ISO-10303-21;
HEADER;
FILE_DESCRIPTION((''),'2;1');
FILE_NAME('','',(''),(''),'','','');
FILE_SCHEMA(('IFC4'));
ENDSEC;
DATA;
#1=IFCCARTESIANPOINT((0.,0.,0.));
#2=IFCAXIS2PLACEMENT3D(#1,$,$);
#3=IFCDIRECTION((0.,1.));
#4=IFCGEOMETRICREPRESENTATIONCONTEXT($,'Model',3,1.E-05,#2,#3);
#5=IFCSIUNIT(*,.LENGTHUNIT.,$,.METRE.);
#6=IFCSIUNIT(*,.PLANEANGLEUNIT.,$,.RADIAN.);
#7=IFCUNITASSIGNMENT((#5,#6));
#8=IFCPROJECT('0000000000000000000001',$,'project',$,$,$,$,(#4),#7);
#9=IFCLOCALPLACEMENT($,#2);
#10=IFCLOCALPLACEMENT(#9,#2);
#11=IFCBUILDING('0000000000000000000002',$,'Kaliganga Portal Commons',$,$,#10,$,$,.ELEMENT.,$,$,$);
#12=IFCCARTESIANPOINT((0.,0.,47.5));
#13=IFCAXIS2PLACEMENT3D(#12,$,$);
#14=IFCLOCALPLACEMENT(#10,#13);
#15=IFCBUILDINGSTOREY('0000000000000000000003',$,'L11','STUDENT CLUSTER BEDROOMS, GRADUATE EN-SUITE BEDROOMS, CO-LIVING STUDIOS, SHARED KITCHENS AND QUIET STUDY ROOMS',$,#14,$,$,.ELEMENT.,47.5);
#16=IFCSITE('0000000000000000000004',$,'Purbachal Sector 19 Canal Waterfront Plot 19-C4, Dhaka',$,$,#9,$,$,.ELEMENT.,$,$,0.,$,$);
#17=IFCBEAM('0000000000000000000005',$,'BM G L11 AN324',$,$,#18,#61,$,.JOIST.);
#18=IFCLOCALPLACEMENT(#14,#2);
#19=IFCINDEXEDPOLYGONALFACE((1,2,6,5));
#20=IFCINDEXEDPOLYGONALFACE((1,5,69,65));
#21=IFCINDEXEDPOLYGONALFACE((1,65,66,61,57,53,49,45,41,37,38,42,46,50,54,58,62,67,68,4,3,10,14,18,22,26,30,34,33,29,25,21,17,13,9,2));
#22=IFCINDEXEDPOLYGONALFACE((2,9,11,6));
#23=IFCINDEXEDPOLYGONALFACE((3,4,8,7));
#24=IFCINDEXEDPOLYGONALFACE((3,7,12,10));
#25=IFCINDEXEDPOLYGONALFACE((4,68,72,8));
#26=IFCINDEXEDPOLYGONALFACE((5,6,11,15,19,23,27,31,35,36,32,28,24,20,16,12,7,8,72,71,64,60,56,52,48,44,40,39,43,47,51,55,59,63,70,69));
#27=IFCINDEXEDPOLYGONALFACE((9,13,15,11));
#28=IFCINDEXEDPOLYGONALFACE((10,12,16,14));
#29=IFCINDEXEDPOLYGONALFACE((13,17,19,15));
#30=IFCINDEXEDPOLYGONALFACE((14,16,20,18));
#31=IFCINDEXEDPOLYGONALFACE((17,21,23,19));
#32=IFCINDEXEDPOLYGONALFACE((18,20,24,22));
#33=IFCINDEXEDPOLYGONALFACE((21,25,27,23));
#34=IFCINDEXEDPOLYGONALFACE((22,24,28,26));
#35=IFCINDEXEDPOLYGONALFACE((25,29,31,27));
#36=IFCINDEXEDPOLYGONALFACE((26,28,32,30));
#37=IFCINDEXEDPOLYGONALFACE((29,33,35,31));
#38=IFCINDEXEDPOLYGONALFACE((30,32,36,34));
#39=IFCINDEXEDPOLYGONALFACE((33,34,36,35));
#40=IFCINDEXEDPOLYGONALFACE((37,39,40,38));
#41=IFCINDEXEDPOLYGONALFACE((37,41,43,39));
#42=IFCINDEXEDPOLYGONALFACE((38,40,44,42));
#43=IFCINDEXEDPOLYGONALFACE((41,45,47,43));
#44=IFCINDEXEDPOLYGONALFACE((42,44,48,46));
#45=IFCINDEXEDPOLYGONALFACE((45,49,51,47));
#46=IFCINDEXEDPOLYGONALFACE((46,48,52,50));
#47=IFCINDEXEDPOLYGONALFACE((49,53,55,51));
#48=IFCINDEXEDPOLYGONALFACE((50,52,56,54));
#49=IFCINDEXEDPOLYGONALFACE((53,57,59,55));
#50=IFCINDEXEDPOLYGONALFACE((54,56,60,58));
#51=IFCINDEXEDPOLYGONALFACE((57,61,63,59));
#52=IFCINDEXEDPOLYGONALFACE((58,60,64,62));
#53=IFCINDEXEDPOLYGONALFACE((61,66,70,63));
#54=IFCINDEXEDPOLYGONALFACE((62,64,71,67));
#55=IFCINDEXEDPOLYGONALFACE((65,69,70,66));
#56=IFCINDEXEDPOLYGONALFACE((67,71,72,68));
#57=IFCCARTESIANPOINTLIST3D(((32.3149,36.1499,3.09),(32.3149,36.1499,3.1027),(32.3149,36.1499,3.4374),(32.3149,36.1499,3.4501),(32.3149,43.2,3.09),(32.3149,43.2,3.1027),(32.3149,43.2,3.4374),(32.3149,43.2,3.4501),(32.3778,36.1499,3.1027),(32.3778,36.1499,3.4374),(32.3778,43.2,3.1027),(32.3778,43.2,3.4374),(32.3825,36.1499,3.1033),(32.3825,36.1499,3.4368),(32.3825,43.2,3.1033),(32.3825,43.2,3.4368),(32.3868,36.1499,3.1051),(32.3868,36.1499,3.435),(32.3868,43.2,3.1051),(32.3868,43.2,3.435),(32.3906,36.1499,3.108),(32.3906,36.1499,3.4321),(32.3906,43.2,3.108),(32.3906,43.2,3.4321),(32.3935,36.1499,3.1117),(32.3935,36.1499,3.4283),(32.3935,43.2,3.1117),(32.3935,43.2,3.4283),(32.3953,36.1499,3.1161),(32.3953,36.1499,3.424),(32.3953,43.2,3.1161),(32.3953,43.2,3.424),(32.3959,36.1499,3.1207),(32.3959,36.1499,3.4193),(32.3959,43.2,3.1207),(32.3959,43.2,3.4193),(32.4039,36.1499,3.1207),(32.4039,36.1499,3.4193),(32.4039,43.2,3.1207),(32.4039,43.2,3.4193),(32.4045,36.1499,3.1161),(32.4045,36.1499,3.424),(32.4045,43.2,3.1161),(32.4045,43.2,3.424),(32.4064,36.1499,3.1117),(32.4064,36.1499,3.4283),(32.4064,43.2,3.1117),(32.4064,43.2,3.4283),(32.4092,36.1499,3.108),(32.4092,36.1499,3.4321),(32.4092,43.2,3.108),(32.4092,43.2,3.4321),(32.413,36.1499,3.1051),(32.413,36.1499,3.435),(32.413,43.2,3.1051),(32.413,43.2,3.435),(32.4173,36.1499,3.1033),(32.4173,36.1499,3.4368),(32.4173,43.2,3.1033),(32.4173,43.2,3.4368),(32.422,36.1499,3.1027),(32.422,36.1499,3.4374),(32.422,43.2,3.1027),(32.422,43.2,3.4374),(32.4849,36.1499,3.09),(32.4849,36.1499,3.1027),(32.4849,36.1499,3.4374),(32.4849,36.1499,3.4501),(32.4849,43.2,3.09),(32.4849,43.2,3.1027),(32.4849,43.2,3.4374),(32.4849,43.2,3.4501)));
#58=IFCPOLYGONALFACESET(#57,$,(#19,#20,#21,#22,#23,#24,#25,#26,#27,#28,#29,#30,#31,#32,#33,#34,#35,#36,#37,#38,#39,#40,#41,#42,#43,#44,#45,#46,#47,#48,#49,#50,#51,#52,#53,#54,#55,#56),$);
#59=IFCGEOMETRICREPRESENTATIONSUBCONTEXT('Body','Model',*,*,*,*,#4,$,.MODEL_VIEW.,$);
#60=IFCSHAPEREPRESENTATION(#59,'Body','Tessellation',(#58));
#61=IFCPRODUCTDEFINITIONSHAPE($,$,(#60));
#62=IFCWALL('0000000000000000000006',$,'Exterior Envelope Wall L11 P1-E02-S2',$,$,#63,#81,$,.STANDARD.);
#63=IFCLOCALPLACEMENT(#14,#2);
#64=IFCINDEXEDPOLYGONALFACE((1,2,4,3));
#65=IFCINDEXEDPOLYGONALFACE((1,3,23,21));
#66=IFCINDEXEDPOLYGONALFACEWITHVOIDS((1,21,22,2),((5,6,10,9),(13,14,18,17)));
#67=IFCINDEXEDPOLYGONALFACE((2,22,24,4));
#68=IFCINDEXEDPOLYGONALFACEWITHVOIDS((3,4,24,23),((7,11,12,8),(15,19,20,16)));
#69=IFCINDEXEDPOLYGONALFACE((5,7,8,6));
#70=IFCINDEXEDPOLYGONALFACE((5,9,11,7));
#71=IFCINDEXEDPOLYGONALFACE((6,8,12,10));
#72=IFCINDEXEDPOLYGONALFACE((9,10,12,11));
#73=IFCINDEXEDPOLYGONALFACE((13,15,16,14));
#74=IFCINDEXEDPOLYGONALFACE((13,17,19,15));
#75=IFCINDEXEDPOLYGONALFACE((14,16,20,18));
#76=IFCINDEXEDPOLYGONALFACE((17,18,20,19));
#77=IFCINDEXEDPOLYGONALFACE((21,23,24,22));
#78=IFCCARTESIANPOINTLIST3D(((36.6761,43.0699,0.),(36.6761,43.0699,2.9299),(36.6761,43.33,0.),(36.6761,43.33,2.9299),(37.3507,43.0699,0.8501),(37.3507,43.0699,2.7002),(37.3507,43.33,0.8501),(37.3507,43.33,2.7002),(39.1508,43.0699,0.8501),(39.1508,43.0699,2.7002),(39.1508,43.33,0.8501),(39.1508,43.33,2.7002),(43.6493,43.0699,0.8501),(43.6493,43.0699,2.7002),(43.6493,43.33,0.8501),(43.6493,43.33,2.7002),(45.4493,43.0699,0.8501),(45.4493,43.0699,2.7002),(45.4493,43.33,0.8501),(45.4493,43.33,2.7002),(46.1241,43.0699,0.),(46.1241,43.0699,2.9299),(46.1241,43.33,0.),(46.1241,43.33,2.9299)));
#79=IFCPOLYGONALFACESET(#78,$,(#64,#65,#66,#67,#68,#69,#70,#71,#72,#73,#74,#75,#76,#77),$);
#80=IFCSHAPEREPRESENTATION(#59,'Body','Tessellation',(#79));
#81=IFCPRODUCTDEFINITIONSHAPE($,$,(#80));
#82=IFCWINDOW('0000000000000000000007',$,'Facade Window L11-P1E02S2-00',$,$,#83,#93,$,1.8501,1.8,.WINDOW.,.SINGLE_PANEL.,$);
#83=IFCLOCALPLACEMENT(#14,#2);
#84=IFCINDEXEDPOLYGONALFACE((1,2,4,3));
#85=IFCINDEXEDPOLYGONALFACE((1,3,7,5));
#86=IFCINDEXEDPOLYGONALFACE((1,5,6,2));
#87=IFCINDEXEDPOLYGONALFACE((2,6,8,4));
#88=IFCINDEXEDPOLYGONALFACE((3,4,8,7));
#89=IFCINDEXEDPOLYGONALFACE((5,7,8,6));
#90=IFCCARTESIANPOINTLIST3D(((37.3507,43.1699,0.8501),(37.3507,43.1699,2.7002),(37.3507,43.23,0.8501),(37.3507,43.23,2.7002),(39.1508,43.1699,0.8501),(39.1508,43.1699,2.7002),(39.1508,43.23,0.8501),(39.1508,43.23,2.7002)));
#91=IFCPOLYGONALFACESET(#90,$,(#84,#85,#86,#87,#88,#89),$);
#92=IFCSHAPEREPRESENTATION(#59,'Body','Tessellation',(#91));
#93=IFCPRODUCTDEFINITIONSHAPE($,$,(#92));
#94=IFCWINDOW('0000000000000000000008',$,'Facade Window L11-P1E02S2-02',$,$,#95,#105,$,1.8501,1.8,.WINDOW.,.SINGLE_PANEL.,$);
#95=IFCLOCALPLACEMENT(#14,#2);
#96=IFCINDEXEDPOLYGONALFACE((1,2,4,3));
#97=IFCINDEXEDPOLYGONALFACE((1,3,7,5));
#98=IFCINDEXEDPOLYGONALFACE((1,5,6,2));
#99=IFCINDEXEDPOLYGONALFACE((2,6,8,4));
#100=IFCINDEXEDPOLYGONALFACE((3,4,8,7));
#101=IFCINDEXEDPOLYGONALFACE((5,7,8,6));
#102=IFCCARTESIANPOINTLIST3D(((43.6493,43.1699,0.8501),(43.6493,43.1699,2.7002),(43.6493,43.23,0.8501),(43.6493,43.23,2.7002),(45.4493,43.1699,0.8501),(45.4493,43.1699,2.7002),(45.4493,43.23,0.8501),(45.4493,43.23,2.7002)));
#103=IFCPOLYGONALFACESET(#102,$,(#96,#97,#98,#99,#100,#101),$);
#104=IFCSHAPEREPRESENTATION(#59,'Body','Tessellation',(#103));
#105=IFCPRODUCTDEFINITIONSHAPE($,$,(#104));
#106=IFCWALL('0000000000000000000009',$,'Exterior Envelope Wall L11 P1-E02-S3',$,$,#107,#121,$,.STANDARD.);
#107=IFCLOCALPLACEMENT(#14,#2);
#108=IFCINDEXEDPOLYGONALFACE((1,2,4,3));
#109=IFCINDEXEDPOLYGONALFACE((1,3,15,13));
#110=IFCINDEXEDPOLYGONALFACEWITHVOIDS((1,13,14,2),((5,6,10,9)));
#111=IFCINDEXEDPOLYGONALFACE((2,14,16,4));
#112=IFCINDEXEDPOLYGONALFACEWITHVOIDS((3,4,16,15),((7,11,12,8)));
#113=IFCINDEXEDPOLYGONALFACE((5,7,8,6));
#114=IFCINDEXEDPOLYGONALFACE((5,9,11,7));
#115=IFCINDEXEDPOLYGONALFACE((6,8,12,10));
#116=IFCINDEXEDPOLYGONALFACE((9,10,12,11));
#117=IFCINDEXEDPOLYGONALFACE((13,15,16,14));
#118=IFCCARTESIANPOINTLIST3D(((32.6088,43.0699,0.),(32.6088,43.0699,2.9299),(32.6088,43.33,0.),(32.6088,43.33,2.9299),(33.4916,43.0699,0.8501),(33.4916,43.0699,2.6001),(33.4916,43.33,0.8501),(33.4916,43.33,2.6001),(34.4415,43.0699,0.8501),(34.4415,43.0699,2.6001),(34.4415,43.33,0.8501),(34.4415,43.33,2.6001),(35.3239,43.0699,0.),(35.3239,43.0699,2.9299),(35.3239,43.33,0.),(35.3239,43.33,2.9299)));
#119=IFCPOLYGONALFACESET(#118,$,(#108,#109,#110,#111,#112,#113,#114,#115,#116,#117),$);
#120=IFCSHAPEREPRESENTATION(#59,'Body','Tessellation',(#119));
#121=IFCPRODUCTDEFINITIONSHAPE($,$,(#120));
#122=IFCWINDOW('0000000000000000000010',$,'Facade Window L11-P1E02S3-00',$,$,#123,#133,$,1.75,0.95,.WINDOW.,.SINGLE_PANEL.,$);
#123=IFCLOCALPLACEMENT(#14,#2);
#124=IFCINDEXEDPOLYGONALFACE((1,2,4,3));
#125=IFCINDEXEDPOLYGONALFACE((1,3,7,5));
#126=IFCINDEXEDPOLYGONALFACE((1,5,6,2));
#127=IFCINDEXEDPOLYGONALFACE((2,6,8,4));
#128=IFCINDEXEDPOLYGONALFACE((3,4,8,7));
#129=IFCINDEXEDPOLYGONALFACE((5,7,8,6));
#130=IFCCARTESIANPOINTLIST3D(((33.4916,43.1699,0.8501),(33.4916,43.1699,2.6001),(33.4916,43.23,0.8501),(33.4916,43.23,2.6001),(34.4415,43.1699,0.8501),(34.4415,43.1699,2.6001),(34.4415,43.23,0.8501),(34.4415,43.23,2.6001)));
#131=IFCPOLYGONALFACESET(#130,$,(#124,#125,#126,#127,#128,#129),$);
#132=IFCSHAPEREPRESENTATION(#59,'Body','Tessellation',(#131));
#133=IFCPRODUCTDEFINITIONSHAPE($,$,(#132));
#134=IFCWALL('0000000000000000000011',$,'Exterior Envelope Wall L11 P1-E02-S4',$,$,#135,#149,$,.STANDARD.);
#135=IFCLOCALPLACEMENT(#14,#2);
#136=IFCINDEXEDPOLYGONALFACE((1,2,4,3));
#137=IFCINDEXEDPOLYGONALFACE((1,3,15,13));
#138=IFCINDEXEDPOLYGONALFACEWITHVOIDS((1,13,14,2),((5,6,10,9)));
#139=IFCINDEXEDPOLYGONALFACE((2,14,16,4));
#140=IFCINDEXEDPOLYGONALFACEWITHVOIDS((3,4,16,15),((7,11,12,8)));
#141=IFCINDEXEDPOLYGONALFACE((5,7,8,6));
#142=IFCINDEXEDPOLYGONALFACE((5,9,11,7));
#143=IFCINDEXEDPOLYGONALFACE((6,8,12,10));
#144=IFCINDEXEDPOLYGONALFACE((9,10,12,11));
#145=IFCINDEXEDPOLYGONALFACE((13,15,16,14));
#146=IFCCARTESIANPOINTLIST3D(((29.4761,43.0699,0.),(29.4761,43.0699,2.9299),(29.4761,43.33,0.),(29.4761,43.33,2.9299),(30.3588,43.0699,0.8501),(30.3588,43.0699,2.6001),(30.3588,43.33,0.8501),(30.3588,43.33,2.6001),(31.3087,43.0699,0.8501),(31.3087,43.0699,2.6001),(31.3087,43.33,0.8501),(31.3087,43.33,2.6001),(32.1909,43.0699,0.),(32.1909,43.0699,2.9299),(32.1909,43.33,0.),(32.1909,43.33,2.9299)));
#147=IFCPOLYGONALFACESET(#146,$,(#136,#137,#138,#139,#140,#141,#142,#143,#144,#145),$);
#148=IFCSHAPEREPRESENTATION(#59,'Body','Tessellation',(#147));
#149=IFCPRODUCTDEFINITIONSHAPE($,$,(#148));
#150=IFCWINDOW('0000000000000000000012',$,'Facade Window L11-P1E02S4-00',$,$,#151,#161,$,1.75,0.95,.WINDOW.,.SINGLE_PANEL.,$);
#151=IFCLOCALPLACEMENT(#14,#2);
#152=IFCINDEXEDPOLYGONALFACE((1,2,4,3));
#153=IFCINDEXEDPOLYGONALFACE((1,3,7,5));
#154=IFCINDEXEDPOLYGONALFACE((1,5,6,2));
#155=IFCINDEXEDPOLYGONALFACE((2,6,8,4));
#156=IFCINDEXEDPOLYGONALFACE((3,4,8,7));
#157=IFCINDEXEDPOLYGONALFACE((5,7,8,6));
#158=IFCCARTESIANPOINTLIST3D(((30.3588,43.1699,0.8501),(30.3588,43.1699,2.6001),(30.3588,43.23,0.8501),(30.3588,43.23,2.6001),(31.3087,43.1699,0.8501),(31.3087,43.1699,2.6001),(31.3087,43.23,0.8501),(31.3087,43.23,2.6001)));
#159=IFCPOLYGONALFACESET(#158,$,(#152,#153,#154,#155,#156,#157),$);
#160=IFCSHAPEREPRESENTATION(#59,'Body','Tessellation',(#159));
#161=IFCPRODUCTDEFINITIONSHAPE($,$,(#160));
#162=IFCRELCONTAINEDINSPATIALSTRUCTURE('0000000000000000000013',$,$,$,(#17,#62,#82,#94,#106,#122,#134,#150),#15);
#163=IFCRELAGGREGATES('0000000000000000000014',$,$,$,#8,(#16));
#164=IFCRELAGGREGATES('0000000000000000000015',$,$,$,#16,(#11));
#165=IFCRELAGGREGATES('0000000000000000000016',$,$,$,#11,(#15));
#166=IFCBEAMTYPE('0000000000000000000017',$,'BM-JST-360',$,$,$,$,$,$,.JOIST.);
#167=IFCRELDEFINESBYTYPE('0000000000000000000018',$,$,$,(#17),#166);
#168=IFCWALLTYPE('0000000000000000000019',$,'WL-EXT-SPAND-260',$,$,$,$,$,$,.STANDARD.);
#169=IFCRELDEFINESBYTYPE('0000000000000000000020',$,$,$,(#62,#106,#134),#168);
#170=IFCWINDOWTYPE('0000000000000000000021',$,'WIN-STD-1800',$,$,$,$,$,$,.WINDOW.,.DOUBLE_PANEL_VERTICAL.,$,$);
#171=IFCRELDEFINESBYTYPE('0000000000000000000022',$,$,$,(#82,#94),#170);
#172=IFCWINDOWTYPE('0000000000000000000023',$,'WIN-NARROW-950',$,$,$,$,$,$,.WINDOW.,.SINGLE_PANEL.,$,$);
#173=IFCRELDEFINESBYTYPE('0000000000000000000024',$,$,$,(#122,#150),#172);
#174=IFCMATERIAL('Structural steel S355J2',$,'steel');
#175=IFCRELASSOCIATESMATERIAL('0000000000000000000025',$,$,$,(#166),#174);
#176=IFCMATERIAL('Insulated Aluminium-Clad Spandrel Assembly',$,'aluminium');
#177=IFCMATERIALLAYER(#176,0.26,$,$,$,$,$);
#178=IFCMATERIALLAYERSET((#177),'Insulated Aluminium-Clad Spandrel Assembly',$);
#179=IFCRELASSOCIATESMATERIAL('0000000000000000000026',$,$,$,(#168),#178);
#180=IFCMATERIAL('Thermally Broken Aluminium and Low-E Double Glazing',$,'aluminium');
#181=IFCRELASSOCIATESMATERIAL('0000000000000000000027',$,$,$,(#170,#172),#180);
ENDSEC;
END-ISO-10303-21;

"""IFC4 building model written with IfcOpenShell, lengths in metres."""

from ifc_helpers import new_model, si_unit, direction, frame, frame_2d, origin, origin_2d, place, context, subcontext, project, spatial, rectangle, i_section, extrude, source, transform, mapped, material, layer, layer_set, material_profile, profile_set, type_object, element, fill, save


model = new_model("IFC4")

# Units and contexts
model_context = context("Model", 3, precision=1e-05, world=origin(), true_north=direction((0.0, 1.0)))
body_context = subcontext(model_context, "Body", "Model", "MODEL_VIEW")
ifc_project = project(units=[si_unit("LENGTHUNIT", "METRE"), si_unit("PLANEANGLEUNIT", "RADIAN")], contexts=[model_context])

# Site, building, storey
site_placement = place(None, origin())
site = spatial("IfcSite", under=ifc_project, at=site_placement, Name="Purbachal Sector 19 Canal Waterfront Plot 19-C4, Dhaka", CompositionType="ELEMENT", RefElevation=0.0)
building_placement = place(site_placement, origin())
building = spatial("IfcBuilding", under=site, at=building_placement, Name="Kaliganga Portal Commons", CompositionType="ELEMENT")
storey_placement = place(building_placement, frame((0.0, 0.0, 47.5)))
storey = spatial("IfcBuildingStorey", under=building, at=storey_placement, Name="L11", Description="STUDENT CLUSTER BEDROOMS, GRADUATE EN-SUITE BEDROOMS, CO-LIVING STUDIOS, SHARED KITCHENS AND QUIET STUDY ROOMS", CompositionType="ELEMENT", Elevation=47.5)

# Beam
ifc_material_1 = material(Name="Structural steel S355J2", Category="steel")
ifc_material_profile_1 = material_profile(ifc_material_1, i_section(OverallWidth=0.1699, OverallDepth=0.3601, WebThickness=0.0081, FlangeThickness=0.0127, FilletRadius=0.0181, at=origin_2d()), Name="IPE 360")
ifc_profile_set_1 = profile_set([ifc_material_profile_1], Name="Structural steel S355J2 wide-flange")
beam_type_1 = type_object("IfcBeamType", Name="BM-JST-360", PredefinedType="JOIST", material=ifc_profile_set_1)
shared_shape_1 = source(origin(), body_context, "Body", "SweptSolid", [
    extrude(i_section(OverallWidth=0.1699, OverallDepth=0.3601, WebThickness=0.0081, FlangeThickness=0.0127, FilletRadius=0.0181, at=origin_2d()), origin(), (0.0, 0.0, 1.0), 7.05),
])
beam_1_placement = place(storey_placement, frame((32.3999, 36.1499, 3.27), z_axis=(0.0, 1.0, 0.0), x_axis=(-1.0, 0.0, 0.0)))
element("IfcBeam", 1, at=beam_1_placement, inside=storey, type_object=beam_type_1, Name="BM G L11 AN324", PredefinedType="JOIST", context=body_context, shape_type="MappedRepresentation", body=[
    mapped(shared_shape_1, transform((0.0, 0.0, 0.0), x_axis=(1.0, 0.0, 0.0), y_axis=(0.0, 1.0, 0.0), z_axis=(0.0, 0.0, 1.0), scale=1.0)),
])

# Wall, openings, windows
ifc_material_2 = material(Name="Insulated Aluminium-Clad Spandrel Assembly", Category="aluminium")
ifc_layer_1 = layer(ifc_material_2, 0.26)
ifc_layer_set_1 = layer_set([ifc_layer_1], Name="Insulated Aluminium-Clad Spandrel Assembly")
wall_type_1 = type_object("IfcWallType", Name="WL-EXT-SPAND-260", PredefinedType="STANDARD", material=ifc_layer_set_1)
wall_1_placement = place(storey_placement, frame((36.676, 43.2, 0.0), z_axis=(0.0, 0.0, 1.0), x_axis=(1.0, 0.0, 0.0)))
wall_1 = element("IfcWall", 2, at=wall_1_placement, inside=storey, type_object=wall_type_1, Name="Exterior Envelope Wall L11 P1-E02-S2", PredefinedType="STANDARD", context=body_context, shape_type="SweptSolid", body=[
    extrude(rectangle(XDim=9.448, YDim=0.26, at=frame_2d((4.7241, 0.0))), origin(), (0.0, 0.0, 1.0), 2.9299),
])
opening_1_placement = place(wall_1_placement, frame((0.6748, 0.0, 0.8501)))
opening_1 = element("IfcOpeningElement", 3, at=opening_1_placement, cuts=wall_1, PredefinedType="OPENING", context=body_context, shape_type="SweptSolid", body=[
    extrude(rectangle(XDim=1.8, YDim=1.8501, at=frame_2d((0.8999, 0.925))), frame((0.0, 0.1401, 0.0), z_axis=(0.0, -1.0, 0.0), x_axis=(1.0, 0.0, 0.0)), (0.0, 0.0, 1.0), 0.28),
])
opening_2_placement = place(wall_1_placement, frame((6.9734, 0.0, 0.8501)))
opening_2 = element("IfcOpeningElement", 4, at=opening_2_placement, cuts=wall_1, PredefinedType="OPENING", context=body_context, shape_type="SweptSolid", body=[
    extrude(rectangle(XDim=1.8, YDim=1.8501, at=frame_2d((0.8999, 0.925))), frame((0.0, 0.1401, 0.0), z_axis=(0.0, -1.0, 0.0), x_axis=(1.0, 0.0, 0.0)), (0.0, 0.0, 1.0), 0.28),
])
ifc_material_3 = material(Name="Thermally Broken Aluminium and Low-E Double Glazing", Category="aluminium")
window_type_1 = type_object("IfcWindowType", Name="WIN-STD-1800", PartitioningType="DOUBLE_PANEL_VERTICAL", PredefinedType="WINDOW", material=ifc_material_3)
window_1_placement = place(opening_1_placement, origin())
window_1 = element("IfcWindow", 5, at=window_1_placement, inside=storey, type_object=window_type_1, Name="Facade Window L11-P1E02S2-00", OverallHeight=1.8501, OverallWidth=1.8, PartitioningType="SINGLE_PANEL", PredefinedType="WINDOW", context=body_context, shape_type="SweptSolid", body=[
    extrude(rectangle(XDim=1.8, YDim=1.8501, at=frame_2d((0.8999, 0.925))), frame((0.0, 0.03, 0.0), z_axis=(0.0, -1.0, 0.0), x_axis=(1.0, 0.0, 0.0)), (0.0, 0.0, 1.0), 0.0601),
])
fill(opening_1, window_1)
window_2_placement = place(opening_2_placement, origin())
window_2 = element("IfcWindow", 6, at=window_2_placement, inside=storey, type_object=window_type_1, Name="Facade Window L11-P1E02S2-02", OverallHeight=1.8501, OverallWidth=1.8, PartitioningType="SINGLE_PANEL", PredefinedType="WINDOW", context=body_context, shape_type="SweptSolid", body=[
    extrude(rectangle(XDim=1.8, YDim=1.8501, at=frame_2d((0.8999, 0.925))), frame((0.0, 0.03, 0.0), z_axis=(0.0, -1.0, 0.0), x_axis=(1.0, 0.0, 0.0)), (0.0, 0.0, 1.0), 0.0601),
])
fill(opening_2, window_2)

# Walls, openings, windows
wall_2_placement = place(storey_placement, frame((32.6089, 43.2, 0.0), z_axis=(0.0, 0.0, 1.0), x_axis=(1.0, 0.0, 0.0)))
wall_2 = element("IfcWall", 7, at=wall_2_placement, inside=storey, type_object=wall_type_1, Name="Exterior Envelope Wall L11 P1-E02-S3", PredefinedType="STANDARD", context=body_context, shape_type="SweptSolid", body=[
    extrude(rectangle(XDim=2.7151, YDim=0.26, at=frame_2d((1.3574, 0.0))), origin(), (0.0, 0.0, 1.0), 2.9299),
])
opening_3_placement = place(wall_2_placement, frame((0.8826, 0.0, 0.8501)))
opening_3 = element("IfcOpeningElement", 8, at=opening_3_placement, cuts=wall_2, PredefinedType="OPENING", context=body_context, shape_type="SweptSolid", body=[
    extrude(rectangle(XDim=0.95, YDim=1.75, at=frame_2d((0.4751, 0.875))), frame((0.0, 0.1401, 0.0), z_axis=(0.0, -1.0, 0.0), x_axis=(1.0, 0.0, 0.0)), (0.0, 0.0, 1.0), 0.28),
])
window_type_2 = type_object("IfcWindowType", Name="WIN-NARROW-950", PartitioningType="SINGLE_PANEL", PredefinedType="WINDOW", material=ifc_material_3)
window_3_placement = place(opening_3_placement, origin())
window_3 = element("IfcWindow", 9, at=window_3_placement, inside=storey, type_object=window_type_2, Name="Facade Window L11-P1E02S3-00", OverallHeight=1.75, OverallWidth=0.95, PartitioningType="SINGLE_PANEL", PredefinedType="WINDOW", context=body_context, shape_type="SweptSolid", body=[
    extrude(rectangle(XDim=0.95, YDim=1.75, at=frame_2d((0.4751, 0.875))), frame((0.0, 0.03, 0.0), z_axis=(0.0, -1.0, 0.0), x_axis=(1.0, 0.0, 0.0)), (0.0, 0.0, 1.0), 0.0601),
])
fill(opening_3, window_3)
wall_3_placement = place(storey_placement, frame((29.4761, 43.2, 0.0), z_axis=(0.0, 0.0, 1.0), x_axis=(1.0, 0.0, 0.0)))
wall_3 = element("IfcWall", 10, at=wall_3_placement, inside=storey, type_object=wall_type_1, Name="Exterior Envelope Wall L11 P1-E02-S4", PredefinedType="STANDARD", context=body_context, shape_type="SweptSolid", body=[
    extrude(rectangle(XDim=2.7148, YDim=0.26, at=frame_2d((1.3574, 0.0))), origin(), (0.0, 0.0, 1.0), 2.9299),
])
opening_4_placement = place(wall_3_placement, frame((0.8826, 0.0, 0.8501)))
opening_4 = element("IfcOpeningElement", 11, at=opening_4_placement, cuts=wall_3, PredefinedType="OPENING", context=body_context, shape_type="SweptSolid", body=[
    extrude(rectangle(XDim=0.95, YDim=1.75, at=frame_2d((0.4751, 0.875))), frame((0.0, 0.1401, 0.0), z_axis=(0.0, -1.0, 0.0), x_axis=(1.0, 0.0, 0.0)), (0.0, 0.0, 1.0), 0.28),
])
window_4_placement = place(opening_4_placement, origin())
window_4 = element("IfcWindow", 12, at=window_4_placement, inside=storey, type_object=window_type_2, Name="Facade Window L11-P1E02S4-00", OverallHeight=1.75, OverallWidth=0.95, PartitioningType="SINGLE_PANEL", PredefinedType="WINDOW", context=body_context, shape_type="SweptSolid", body=[
    extrude(rectangle(XDim=0.95, YDim=1.75, at=frame_2d((0.4751, 0.875))), frame((0.0, 0.03, 0.0), z_axis=(0.0, -1.0, 0.0), x_axis=(1.0, 0.0, 0.0)), (0.0, 0.0, 1.0), 0.0601),
])
fill(opening_4, window_4)

save(model, "model.ifc")
